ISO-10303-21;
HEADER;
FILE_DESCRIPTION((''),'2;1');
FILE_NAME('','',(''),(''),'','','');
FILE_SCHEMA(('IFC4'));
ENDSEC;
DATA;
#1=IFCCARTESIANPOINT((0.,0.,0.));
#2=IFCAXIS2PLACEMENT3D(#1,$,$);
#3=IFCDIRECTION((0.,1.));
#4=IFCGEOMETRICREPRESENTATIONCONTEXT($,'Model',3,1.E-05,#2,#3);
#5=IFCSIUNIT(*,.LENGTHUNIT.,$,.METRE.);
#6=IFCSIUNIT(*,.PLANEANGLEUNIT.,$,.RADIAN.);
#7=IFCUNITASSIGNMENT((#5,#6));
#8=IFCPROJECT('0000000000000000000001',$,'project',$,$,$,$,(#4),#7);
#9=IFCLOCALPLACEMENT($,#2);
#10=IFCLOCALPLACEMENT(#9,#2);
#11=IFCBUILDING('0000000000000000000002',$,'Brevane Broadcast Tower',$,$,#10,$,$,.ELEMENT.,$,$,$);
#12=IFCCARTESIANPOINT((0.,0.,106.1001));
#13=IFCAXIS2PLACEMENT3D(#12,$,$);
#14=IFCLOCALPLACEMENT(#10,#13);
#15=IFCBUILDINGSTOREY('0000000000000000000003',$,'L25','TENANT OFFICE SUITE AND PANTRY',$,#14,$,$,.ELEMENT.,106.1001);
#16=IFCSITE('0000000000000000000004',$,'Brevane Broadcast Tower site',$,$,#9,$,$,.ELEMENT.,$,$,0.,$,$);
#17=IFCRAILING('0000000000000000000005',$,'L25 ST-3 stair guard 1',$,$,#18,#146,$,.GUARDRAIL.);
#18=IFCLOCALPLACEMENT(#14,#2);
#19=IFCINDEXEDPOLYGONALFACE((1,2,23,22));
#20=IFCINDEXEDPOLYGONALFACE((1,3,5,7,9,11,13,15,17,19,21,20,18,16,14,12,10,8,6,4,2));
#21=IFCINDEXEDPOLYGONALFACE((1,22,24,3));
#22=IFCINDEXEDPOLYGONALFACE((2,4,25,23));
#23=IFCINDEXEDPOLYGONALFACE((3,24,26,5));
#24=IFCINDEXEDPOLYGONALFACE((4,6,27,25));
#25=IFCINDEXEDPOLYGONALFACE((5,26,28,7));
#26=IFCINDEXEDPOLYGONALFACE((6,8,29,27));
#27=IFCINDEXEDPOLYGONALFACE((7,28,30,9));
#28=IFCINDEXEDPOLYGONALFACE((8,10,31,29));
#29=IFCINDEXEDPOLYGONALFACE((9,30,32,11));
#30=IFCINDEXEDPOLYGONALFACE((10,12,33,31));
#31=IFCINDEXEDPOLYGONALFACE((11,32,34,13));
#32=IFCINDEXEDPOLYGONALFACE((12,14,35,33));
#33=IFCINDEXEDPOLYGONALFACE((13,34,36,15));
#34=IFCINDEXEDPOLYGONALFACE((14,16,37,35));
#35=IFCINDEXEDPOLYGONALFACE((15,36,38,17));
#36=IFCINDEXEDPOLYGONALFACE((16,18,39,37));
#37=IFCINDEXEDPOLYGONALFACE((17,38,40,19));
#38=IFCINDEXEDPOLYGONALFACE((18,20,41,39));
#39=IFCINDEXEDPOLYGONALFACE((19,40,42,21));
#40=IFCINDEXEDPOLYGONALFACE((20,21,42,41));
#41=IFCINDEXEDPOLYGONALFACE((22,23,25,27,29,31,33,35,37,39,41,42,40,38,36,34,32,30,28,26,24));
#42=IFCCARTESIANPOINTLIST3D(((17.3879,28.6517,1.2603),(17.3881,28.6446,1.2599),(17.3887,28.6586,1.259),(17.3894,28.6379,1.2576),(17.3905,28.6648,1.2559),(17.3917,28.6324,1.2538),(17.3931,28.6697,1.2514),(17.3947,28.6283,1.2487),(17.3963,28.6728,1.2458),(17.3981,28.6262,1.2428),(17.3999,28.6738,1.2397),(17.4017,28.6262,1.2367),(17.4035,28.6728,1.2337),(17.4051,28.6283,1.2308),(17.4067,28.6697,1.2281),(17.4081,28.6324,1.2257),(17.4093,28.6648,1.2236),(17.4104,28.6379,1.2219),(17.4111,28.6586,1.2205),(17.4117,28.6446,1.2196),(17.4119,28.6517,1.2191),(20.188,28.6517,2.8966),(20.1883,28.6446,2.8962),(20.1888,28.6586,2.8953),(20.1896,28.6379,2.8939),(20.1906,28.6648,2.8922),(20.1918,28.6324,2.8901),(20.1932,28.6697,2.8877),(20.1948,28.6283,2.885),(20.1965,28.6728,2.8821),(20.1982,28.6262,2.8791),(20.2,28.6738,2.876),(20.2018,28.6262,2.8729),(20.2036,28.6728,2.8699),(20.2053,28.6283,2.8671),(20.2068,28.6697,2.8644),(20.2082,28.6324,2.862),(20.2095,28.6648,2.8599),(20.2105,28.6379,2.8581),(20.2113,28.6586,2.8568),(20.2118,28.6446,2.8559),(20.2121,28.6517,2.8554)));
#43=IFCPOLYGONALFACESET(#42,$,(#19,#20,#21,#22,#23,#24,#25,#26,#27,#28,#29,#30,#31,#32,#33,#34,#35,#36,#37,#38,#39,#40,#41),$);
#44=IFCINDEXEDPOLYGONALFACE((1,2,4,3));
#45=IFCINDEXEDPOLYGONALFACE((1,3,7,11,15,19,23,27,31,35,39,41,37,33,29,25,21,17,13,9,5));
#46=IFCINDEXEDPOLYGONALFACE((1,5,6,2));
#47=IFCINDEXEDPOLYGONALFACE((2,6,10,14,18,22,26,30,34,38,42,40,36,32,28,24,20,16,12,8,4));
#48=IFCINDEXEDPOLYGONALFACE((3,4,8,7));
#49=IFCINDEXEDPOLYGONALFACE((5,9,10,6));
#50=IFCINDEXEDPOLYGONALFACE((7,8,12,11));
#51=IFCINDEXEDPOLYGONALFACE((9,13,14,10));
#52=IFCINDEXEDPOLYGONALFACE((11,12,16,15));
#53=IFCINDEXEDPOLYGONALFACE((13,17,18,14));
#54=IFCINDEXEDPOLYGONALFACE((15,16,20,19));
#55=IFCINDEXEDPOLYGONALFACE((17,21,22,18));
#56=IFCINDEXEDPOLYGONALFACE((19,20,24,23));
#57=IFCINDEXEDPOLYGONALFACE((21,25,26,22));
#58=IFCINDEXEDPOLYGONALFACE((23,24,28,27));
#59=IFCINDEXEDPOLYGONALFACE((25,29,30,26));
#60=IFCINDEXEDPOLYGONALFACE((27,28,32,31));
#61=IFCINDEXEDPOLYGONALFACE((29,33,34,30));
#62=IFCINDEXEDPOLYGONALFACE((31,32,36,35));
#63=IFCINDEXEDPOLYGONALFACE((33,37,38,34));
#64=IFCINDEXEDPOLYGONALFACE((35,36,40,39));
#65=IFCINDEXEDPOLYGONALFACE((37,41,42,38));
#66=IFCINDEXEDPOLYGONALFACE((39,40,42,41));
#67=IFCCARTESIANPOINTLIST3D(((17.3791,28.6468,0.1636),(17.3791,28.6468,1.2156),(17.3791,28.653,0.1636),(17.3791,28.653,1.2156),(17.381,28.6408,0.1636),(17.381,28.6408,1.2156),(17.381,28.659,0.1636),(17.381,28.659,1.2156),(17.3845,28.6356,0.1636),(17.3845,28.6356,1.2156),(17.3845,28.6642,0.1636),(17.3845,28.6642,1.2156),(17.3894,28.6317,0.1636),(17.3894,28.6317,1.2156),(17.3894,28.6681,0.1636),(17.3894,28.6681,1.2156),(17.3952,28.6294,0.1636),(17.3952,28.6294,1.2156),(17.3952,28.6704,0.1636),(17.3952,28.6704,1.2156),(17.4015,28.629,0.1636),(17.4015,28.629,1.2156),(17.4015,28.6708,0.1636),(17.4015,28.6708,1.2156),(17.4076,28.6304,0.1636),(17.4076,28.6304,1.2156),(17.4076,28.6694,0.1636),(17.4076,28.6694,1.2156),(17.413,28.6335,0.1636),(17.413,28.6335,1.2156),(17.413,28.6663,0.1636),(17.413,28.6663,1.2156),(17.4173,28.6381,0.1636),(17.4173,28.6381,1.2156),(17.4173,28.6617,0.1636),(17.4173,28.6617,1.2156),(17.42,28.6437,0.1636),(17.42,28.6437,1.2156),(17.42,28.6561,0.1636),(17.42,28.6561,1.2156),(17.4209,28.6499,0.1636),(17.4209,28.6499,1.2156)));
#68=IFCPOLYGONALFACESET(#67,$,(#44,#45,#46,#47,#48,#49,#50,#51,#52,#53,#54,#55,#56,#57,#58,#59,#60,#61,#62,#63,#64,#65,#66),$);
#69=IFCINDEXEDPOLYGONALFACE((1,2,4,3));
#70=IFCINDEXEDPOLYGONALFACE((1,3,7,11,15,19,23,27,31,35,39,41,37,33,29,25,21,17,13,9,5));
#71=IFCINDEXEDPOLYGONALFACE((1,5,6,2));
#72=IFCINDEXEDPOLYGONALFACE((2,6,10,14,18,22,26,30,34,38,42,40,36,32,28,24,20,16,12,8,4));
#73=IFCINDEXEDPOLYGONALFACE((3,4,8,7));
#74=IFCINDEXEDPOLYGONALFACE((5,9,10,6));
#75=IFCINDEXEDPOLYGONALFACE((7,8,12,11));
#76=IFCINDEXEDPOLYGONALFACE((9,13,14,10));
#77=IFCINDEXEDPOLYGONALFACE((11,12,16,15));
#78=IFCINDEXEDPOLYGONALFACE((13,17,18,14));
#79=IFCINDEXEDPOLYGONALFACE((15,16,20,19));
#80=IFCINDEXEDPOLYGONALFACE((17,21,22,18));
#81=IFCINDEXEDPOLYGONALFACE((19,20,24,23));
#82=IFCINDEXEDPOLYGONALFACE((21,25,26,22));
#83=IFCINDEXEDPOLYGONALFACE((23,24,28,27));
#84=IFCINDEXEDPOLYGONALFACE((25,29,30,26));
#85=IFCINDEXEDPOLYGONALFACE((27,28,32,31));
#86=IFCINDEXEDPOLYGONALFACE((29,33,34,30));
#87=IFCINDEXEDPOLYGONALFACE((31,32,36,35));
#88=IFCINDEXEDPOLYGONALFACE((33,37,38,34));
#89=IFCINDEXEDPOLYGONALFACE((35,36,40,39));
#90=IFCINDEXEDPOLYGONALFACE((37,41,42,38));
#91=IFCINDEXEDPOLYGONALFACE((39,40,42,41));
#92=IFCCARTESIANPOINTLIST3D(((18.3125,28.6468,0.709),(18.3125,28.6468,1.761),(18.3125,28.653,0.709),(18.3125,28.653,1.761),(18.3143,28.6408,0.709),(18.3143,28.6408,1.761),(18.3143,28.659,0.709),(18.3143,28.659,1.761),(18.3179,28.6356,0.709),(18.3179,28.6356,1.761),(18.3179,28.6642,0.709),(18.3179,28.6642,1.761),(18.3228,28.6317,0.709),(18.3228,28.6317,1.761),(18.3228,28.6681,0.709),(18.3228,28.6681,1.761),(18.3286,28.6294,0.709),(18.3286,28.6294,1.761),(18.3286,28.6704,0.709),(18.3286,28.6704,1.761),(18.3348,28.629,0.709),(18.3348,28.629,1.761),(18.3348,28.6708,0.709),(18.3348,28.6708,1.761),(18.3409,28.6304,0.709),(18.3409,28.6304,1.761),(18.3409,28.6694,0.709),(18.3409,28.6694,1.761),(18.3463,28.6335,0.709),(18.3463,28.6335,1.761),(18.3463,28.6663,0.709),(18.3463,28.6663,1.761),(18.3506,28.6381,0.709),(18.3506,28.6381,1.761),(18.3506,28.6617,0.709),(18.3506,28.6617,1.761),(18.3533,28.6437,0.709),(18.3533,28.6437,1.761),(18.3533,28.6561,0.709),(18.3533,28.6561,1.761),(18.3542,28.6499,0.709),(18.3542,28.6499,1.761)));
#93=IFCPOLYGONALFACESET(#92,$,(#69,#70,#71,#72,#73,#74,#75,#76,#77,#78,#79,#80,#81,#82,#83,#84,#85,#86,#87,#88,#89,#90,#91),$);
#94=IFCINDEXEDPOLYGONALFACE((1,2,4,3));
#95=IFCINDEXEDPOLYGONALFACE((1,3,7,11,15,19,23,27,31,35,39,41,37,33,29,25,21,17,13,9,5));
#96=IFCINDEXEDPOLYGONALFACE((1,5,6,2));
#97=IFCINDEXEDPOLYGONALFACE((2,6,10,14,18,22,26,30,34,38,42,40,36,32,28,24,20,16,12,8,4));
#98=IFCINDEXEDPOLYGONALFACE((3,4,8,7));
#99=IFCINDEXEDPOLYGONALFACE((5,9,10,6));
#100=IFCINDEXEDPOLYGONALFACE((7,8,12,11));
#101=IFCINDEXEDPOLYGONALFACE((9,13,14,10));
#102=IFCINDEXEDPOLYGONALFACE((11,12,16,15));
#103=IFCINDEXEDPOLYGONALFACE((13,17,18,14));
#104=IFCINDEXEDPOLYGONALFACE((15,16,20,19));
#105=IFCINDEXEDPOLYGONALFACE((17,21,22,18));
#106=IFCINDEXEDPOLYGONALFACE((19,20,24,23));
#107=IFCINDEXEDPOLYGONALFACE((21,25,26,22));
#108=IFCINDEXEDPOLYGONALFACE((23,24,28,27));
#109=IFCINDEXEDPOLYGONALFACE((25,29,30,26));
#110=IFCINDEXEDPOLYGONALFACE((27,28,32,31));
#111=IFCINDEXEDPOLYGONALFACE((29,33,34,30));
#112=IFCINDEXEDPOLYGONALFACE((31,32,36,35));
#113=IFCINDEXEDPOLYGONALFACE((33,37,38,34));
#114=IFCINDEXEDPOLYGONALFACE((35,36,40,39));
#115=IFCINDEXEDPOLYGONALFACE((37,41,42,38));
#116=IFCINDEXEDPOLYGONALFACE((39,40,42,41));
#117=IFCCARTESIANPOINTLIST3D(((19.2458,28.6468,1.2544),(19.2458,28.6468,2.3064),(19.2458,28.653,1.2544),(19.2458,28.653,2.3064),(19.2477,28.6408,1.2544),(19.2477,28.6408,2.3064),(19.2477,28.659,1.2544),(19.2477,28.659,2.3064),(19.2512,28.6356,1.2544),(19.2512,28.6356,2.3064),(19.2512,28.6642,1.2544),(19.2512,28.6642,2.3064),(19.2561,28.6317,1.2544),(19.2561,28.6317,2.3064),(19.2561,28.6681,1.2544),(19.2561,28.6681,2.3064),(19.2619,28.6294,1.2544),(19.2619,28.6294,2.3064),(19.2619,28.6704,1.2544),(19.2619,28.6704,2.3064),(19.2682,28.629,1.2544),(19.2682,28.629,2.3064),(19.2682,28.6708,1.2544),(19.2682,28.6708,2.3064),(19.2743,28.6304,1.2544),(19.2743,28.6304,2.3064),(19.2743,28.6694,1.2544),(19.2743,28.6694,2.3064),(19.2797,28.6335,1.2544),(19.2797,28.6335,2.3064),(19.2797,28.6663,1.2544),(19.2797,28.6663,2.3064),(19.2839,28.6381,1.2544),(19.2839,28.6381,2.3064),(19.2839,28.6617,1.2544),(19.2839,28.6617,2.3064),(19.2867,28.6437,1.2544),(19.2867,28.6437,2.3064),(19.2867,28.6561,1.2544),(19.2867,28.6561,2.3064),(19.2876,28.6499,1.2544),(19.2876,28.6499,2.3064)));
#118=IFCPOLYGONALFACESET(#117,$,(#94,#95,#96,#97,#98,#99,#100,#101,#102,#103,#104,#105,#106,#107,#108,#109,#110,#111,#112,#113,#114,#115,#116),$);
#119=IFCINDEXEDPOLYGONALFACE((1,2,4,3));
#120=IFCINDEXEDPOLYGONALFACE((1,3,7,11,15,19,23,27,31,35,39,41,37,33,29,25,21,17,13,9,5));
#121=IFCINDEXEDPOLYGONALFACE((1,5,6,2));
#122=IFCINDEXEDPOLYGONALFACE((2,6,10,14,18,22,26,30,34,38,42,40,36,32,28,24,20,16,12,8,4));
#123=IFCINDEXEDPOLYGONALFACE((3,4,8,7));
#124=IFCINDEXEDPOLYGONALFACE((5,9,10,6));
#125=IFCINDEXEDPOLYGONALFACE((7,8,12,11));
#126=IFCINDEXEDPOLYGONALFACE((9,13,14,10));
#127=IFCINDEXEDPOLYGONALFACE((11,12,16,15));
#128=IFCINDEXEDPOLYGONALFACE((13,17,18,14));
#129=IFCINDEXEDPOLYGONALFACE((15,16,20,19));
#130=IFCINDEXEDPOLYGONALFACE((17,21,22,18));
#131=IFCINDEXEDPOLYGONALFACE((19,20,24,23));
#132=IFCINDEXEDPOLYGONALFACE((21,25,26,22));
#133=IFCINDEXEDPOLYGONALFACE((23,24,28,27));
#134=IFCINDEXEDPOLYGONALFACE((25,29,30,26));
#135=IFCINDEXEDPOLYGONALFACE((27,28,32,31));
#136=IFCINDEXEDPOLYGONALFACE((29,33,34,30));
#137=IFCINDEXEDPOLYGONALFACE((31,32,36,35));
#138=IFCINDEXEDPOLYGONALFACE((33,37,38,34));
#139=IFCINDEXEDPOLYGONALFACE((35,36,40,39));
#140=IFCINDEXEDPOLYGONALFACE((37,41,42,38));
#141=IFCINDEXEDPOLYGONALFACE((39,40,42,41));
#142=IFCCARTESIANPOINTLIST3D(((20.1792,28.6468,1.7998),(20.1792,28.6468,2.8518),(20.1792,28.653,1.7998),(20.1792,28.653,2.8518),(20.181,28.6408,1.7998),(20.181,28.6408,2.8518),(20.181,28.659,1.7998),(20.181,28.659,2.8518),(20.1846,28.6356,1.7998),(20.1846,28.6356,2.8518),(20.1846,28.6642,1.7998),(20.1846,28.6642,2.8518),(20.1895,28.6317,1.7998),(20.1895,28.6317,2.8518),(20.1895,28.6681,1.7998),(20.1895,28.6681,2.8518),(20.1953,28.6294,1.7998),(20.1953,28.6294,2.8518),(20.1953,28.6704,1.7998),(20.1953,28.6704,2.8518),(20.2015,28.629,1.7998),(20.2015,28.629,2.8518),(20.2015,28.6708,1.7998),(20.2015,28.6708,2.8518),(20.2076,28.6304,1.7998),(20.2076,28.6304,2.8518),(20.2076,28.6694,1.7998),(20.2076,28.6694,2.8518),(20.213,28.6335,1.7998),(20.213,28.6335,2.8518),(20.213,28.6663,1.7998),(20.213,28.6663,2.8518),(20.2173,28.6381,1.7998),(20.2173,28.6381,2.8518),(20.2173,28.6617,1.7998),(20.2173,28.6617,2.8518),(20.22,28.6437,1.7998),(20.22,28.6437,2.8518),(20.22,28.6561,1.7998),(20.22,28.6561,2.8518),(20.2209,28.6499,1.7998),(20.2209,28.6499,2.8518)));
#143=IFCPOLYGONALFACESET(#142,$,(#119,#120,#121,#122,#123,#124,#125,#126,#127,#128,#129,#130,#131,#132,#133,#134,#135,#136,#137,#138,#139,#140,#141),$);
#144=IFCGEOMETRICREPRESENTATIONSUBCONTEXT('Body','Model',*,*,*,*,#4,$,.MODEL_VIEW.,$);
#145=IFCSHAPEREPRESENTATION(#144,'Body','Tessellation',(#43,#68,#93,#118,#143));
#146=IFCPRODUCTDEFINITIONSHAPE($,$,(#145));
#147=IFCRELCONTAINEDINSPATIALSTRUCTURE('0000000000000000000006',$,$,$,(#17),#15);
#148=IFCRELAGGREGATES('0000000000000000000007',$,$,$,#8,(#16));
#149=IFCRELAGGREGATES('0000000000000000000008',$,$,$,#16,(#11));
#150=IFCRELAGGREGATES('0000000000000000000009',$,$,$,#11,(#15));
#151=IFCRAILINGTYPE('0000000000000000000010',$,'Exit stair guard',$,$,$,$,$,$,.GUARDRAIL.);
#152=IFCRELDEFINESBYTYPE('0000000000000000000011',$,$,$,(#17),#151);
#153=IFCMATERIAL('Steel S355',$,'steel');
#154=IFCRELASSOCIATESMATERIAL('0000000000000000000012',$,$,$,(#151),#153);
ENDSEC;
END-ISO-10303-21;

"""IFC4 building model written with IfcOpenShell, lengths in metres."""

from ifc_helpers import new_model, si_unit, direction, frame, origin, origin_2d, place, context, subcontext, project, spatial, circle, extrude, material, type_object, element, save


model = new_model("IFC4")

# Units and contexts
model_context = context("Model", 3, precision=1e-05, world=origin(), true_north=direction((0.0, 1.0)))
body_context = subcontext(model_context, "Body", "Model", "MODEL_VIEW")
ifc_project = project(units=[si_unit("LENGTHUNIT", "METRE"), si_unit("PLANEANGLEUNIT", "RADIAN")], contexts=[model_context])

# Site, building, storey
site_placement = place(None, origin())
site = spatial("IfcSite", under=ifc_project, at=site_placement, Name="Brevane Broadcast Tower site", CompositionType="ELEMENT", RefElevation=0.0)
building_placement = place(site_placement, origin())
building = spatial("IfcBuilding", under=site, at=building_placement, Name="Brevane Broadcast Tower", CompositionType="ELEMENT")
storey_placement = place(building_placement, frame((0.0, 0.0, 106.1001)))
storey = spatial("IfcBuildingStorey", under=building, at=storey_placement, Name="L25", Description="TENANT OFFICE SUITE AND PANTRY", CompositionType="ELEMENT", Elevation=106.1001)

# Railing
ifc_material_1 = material(Name="Steel S355", Category="steel")
railing_type_1 = type_object("IfcRailingType", Name="Exit stair guard", PredefinedType="GUARDRAIL", material=ifc_material_1)
railing_1_placement = place(storey_placement, frame((17.3999, 28.6499, 0.1636)))
element("IfcRailing", 1, at=railing_1_placement, inside=storey, type_object=railing_type_1, Name="L25 ST-3 stair guard 1", PredefinedType="GUARDRAIL", context=body_context, shape_type="SweptSolid", body=[
    extrude(circle(Radius=0.0239, at=origin_2d()), frame((0.0, 0.0, 1.0762), z_axis=(0.863394, 0.0, 0.504531), x_axis=(0.0, 1.0, 0.0)), (0.0, 0.0, 1.0), 3.2432),
    extrude(circle(Radius=0.021, at=origin_2d()), origin(), (0.0, 0.0, 1.0), 1.052),
    extrude(circle(Radius=0.021, at=origin_2d()), frame((0.9333, 0.0, 0.5454)), (0.0, 0.0, 1.0), 1.052),
    extrude(circle(Radius=0.021, at=origin_2d()), frame((1.8667, 0.0, 1.0908)), (0.0, 0.0, 1.0), 1.052),
    extrude(circle(Radius=0.021, at=origin_2d()), frame((2.8, 0.0, 1.6362)), (0.0, 0.0, 1.0), 1.052),
])

save(model, "model.ifc")
